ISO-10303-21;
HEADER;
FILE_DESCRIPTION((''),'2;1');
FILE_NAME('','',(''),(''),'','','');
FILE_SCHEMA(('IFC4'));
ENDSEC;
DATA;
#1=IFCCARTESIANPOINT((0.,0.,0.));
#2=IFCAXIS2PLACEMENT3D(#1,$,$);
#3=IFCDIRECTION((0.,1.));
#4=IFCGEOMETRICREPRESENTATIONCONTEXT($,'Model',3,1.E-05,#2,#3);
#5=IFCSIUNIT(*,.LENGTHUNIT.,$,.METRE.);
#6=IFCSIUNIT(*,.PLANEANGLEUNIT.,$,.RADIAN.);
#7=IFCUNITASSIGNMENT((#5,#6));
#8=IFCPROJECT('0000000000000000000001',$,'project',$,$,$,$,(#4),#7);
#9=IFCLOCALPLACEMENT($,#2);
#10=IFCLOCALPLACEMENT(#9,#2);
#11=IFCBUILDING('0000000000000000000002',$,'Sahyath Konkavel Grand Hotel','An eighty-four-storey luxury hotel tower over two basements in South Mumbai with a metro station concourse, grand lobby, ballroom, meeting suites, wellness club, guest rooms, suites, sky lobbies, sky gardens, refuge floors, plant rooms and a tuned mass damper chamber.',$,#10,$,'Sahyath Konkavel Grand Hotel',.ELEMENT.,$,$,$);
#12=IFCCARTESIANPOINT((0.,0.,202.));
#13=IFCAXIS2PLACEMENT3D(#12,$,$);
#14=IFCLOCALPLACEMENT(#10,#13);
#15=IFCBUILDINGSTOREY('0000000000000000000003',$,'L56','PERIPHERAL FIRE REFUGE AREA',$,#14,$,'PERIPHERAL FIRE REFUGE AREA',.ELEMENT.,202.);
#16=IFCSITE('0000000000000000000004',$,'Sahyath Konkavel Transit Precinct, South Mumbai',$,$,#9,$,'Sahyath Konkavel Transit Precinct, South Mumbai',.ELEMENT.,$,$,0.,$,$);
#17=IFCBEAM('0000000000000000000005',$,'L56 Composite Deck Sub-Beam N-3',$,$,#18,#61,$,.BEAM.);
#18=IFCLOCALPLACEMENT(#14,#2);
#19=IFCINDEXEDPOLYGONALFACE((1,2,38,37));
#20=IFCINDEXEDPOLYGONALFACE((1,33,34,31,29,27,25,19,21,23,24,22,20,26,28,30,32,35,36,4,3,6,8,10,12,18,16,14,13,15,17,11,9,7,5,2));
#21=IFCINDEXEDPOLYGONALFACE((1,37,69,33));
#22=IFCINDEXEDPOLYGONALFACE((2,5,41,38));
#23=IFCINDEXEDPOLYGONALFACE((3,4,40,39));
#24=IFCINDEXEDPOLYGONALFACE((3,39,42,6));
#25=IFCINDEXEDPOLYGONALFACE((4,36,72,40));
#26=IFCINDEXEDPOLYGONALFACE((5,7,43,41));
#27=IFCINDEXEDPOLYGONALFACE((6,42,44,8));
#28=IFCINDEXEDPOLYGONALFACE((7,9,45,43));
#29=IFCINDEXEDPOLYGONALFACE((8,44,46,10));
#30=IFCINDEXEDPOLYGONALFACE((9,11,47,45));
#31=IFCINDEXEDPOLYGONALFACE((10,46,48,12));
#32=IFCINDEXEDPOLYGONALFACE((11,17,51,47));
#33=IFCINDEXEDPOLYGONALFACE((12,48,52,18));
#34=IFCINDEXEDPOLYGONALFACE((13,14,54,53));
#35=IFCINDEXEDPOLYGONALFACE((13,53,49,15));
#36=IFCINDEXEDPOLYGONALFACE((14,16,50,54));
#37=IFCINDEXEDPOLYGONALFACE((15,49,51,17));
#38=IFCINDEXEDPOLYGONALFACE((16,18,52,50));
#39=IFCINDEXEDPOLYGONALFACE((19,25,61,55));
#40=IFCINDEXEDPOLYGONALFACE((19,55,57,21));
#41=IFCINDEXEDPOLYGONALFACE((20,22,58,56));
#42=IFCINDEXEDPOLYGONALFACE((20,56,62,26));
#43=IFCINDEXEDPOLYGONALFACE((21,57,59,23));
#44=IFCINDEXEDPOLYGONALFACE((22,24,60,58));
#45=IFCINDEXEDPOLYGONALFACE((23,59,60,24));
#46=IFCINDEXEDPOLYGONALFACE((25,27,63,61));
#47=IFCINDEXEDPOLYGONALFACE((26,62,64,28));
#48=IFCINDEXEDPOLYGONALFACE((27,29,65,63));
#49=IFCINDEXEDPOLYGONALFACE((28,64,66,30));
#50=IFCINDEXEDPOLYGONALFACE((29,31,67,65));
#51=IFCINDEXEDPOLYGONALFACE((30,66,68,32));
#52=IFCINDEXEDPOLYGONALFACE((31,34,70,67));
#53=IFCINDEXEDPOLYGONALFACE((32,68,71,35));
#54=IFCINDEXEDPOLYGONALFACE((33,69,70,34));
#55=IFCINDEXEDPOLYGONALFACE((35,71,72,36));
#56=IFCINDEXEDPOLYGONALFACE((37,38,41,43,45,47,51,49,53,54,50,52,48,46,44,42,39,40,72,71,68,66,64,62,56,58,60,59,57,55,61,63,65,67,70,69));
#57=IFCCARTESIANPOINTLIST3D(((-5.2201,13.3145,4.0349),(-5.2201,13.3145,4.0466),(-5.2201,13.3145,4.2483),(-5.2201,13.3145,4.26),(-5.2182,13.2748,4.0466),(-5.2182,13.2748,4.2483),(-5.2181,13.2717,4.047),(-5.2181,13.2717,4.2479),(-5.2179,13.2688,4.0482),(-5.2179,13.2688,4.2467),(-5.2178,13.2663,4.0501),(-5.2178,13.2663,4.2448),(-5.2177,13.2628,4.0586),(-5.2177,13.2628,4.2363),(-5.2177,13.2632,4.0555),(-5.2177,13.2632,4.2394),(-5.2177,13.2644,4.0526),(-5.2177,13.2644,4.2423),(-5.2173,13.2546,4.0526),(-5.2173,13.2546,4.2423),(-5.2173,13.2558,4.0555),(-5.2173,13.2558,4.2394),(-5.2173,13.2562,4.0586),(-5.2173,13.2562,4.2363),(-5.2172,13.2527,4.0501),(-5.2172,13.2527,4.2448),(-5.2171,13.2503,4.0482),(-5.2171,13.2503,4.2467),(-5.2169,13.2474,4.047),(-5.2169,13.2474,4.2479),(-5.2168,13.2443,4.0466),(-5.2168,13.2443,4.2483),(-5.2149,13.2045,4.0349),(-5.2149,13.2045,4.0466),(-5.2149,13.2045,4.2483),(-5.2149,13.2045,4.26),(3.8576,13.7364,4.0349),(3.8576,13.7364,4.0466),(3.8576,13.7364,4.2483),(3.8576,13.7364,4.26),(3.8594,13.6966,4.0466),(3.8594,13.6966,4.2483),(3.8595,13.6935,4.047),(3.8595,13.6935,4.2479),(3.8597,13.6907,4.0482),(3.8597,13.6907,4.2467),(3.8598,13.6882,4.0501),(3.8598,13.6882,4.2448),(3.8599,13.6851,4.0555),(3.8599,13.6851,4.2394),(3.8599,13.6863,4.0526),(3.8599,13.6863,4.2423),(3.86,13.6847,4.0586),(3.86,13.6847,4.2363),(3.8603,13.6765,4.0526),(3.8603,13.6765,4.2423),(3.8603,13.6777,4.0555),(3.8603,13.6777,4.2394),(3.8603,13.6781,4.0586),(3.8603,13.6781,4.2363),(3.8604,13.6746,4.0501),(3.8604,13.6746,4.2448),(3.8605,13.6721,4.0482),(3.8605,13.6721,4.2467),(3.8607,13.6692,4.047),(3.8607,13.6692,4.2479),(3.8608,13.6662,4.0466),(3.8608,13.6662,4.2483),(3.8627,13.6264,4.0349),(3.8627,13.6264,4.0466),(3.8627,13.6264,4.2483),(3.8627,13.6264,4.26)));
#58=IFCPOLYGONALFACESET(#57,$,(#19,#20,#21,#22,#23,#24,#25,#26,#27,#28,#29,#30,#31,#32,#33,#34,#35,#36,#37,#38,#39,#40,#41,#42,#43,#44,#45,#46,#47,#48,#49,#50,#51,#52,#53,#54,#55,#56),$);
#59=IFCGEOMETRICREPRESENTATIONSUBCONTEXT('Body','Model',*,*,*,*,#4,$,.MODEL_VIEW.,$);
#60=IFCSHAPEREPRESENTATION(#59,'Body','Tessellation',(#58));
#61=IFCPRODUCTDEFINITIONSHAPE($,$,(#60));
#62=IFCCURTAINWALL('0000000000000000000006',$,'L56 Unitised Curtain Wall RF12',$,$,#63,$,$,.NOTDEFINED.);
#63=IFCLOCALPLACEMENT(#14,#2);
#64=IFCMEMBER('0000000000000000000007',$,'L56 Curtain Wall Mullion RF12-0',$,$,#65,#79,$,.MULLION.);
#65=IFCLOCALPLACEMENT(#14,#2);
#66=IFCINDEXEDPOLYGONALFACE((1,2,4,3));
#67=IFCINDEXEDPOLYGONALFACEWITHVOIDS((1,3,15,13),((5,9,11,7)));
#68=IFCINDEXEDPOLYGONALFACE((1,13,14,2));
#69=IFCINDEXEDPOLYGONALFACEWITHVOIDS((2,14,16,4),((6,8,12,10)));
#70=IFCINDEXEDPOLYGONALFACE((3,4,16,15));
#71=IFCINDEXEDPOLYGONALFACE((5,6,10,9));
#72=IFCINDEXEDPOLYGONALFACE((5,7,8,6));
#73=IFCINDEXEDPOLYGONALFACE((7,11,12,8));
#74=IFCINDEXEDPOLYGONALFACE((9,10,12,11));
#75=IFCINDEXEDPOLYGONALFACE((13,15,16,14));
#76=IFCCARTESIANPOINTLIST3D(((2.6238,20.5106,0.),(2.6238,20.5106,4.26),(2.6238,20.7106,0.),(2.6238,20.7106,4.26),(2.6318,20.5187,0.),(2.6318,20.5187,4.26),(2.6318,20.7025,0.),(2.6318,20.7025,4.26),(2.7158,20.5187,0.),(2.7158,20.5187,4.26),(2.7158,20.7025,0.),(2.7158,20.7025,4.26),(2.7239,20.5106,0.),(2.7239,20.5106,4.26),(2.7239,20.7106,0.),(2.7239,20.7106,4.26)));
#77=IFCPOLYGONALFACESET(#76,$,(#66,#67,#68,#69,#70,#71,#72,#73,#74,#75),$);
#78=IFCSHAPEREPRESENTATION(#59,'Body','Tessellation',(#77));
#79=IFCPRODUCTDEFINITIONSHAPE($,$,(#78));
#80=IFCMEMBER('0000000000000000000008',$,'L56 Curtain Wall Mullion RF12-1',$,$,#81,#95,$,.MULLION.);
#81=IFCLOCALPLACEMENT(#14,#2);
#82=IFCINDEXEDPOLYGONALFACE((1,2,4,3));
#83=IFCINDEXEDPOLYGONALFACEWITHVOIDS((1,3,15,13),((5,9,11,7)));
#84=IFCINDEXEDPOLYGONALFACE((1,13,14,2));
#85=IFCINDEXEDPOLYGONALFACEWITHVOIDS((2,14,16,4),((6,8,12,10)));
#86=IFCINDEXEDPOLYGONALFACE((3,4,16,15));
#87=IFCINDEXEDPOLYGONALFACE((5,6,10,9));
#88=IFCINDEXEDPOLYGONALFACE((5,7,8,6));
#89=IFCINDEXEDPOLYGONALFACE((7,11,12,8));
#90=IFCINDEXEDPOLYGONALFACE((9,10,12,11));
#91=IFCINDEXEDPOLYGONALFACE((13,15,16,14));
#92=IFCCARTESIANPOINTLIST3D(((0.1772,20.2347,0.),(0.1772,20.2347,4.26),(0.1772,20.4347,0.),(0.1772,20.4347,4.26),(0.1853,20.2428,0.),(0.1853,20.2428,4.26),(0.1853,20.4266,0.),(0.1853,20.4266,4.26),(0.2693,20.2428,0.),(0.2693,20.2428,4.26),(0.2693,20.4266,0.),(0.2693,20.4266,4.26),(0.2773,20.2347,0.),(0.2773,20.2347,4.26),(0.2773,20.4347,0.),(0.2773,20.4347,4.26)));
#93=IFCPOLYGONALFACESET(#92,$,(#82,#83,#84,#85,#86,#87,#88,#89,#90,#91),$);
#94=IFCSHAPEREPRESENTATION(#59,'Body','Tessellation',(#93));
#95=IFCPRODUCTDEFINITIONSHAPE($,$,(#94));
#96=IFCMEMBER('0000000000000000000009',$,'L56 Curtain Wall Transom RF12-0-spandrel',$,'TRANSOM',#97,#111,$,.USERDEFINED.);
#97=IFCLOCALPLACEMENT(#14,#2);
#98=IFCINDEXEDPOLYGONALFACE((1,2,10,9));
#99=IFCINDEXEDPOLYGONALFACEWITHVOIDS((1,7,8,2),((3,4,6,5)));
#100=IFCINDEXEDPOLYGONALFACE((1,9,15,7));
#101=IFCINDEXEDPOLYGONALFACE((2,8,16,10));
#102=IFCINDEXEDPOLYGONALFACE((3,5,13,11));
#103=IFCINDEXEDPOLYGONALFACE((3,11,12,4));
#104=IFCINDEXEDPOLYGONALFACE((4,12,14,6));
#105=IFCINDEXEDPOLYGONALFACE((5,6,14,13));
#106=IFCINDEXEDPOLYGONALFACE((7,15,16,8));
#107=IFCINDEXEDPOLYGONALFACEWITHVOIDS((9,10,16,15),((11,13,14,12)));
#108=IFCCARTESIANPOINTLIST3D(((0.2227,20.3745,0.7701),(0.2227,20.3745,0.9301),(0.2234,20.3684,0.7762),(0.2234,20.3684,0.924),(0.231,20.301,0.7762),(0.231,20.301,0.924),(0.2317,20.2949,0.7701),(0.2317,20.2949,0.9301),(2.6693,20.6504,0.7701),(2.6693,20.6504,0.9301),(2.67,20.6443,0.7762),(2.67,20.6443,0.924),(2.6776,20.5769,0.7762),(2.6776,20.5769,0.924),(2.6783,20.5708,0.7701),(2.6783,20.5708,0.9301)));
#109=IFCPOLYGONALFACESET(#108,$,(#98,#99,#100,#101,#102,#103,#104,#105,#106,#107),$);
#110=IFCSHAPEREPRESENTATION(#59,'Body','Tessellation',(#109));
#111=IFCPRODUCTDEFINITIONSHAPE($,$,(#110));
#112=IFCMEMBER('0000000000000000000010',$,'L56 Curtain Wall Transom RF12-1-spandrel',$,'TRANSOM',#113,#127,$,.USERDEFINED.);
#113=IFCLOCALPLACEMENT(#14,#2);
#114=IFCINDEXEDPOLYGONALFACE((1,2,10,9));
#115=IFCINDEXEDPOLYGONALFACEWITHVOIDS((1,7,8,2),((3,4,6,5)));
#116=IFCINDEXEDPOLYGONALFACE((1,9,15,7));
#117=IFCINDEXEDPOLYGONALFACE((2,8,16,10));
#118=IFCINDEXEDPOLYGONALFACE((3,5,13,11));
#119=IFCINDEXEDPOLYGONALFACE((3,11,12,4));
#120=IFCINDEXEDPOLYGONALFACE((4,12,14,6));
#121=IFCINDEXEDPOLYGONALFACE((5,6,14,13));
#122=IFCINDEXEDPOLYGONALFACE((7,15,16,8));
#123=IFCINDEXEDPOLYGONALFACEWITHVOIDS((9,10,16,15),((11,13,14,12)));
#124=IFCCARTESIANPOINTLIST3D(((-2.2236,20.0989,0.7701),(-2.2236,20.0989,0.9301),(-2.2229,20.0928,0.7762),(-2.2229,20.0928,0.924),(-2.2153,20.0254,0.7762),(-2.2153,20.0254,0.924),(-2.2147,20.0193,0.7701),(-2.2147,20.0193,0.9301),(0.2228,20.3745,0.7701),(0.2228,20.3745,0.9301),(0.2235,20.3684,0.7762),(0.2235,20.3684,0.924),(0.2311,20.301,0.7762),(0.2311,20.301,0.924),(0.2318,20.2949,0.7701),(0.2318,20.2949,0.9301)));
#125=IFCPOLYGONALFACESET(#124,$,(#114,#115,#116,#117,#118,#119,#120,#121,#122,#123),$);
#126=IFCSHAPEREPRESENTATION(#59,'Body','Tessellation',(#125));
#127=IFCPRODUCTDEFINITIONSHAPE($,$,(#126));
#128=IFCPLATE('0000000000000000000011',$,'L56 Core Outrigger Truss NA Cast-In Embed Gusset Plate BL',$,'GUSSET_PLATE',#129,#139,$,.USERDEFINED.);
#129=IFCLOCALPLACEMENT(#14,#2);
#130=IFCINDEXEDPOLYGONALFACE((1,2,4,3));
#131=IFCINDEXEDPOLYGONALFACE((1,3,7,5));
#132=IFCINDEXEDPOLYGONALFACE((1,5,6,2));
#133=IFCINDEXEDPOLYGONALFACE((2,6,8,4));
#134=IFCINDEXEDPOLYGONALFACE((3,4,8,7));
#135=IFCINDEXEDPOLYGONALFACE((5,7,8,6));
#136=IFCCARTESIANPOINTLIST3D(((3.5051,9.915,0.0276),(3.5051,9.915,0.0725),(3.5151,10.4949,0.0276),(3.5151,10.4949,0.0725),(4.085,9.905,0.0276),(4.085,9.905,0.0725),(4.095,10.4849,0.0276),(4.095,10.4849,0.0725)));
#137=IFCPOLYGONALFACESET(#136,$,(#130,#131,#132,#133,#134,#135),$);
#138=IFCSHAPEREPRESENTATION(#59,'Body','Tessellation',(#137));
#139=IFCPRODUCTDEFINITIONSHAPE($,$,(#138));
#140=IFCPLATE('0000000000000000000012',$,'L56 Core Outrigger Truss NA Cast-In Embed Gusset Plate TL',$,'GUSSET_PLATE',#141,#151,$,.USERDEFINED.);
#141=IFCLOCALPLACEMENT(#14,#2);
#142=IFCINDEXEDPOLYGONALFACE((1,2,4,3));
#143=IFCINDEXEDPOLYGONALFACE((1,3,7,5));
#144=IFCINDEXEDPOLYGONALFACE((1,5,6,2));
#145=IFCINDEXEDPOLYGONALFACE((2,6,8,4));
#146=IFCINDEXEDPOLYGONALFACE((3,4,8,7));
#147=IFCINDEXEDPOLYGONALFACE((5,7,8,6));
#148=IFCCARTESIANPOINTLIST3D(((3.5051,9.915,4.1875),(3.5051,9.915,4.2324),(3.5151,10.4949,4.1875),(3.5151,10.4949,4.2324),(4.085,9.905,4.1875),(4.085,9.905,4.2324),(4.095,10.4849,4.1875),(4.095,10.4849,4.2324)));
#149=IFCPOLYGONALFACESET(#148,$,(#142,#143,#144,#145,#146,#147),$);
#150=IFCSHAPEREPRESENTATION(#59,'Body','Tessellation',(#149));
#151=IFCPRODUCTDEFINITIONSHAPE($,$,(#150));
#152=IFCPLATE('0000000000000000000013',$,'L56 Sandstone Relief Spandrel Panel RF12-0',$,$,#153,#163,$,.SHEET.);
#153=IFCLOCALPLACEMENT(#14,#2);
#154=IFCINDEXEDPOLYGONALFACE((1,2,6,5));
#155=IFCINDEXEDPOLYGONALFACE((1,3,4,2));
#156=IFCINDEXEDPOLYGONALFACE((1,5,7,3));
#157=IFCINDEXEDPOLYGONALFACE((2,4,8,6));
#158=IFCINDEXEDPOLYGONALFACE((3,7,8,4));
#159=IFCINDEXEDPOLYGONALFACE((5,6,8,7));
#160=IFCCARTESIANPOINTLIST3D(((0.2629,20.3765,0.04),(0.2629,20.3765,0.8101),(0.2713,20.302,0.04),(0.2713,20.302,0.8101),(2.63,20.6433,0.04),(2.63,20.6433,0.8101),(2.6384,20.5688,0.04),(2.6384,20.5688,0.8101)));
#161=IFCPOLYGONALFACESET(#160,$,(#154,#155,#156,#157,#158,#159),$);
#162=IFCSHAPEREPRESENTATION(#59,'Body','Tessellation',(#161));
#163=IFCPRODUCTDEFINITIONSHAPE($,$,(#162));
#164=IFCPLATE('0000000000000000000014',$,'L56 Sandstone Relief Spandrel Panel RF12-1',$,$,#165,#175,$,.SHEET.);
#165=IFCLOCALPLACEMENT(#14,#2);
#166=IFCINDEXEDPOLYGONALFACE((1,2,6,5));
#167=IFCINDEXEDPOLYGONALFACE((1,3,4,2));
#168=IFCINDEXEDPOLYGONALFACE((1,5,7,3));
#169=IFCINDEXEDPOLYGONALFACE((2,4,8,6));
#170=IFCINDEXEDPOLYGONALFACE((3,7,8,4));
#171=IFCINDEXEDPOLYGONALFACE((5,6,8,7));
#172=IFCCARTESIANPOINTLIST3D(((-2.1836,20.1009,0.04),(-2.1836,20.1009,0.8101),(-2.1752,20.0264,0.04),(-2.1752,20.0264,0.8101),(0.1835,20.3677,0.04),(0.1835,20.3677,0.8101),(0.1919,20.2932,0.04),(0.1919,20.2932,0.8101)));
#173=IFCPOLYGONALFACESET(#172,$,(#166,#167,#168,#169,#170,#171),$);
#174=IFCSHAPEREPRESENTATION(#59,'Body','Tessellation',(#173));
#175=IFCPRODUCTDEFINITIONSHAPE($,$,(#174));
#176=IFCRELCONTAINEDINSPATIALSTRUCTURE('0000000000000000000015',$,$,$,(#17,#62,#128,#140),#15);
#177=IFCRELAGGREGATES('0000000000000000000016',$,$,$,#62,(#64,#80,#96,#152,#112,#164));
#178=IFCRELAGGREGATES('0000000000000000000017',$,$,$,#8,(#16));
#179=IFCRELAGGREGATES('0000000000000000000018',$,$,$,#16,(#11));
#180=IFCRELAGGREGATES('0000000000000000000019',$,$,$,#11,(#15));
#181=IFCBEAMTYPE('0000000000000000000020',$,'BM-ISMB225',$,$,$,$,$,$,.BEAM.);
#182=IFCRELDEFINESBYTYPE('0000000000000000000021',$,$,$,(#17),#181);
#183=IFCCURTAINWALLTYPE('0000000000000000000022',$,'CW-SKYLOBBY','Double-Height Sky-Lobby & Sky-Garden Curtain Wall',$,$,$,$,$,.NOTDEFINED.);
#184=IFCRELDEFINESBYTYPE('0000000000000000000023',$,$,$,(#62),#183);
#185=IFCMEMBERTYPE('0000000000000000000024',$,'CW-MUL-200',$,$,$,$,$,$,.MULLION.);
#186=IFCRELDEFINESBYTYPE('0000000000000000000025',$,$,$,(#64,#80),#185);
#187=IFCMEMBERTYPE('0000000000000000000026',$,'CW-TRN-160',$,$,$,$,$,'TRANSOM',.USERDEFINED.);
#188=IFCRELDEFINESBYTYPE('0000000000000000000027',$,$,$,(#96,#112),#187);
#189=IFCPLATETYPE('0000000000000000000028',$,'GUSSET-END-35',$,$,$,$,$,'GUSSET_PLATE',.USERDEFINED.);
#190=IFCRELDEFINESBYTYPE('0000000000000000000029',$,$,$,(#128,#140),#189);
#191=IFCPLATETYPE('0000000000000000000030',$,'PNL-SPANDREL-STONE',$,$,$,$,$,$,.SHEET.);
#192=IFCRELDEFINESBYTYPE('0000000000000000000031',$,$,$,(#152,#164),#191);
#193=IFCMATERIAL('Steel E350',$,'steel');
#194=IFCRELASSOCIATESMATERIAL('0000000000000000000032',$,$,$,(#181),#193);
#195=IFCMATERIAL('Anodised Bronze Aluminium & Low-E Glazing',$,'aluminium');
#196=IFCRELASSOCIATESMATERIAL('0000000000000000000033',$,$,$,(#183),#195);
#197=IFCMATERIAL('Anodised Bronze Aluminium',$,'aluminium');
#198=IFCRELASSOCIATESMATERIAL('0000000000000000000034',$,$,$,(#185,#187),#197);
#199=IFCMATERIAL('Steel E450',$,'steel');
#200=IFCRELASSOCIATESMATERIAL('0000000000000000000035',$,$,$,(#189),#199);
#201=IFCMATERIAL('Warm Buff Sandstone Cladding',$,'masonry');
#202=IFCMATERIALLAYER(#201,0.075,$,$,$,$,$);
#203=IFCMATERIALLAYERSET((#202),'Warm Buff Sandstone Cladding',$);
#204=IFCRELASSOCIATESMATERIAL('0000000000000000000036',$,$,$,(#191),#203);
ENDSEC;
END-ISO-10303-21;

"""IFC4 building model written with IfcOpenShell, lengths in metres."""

from ifc_helpers import new_model, si_unit, direction, frame, origin, origin_2d, place, context, subcontext, project, spatial, rectangle, hollow_rectangle, i_section, extrude, source, transform, mapped, material, layer, layer_set, material_profile, profile_set, type_object, element, aggregate, save


model = new_model("IFC4")

# Units and contexts
model_context = context("Model", 3, precision=1e-05, world=origin(), true_north=direction((0.0, 1.0)))
body_context = subcontext(model_context, "Body", "Model", "MODEL_VIEW")
ifc_project = project(units=[si_unit("LENGTHUNIT", "METRE"), si_unit("PLANEANGLEUNIT", "RADIAN")], contexts=[model_context])

# Site, building, storey
site_placement = place(None, origin())
site = spatial("IfcSite", under=ifc_project, at=site_placement, Name="Sahyath Konkavel Transit Precinct, South Mumbai", LongName="Sahyath Konkavel Transit Precinct, South Mumbai", CompositionType="ELEMENT", RefElevation=0.0)
building_placement = place(site_placement, origin())
building = spatial("IfcBuilding", under=site, at=building_placement, Name="Sahyath Konkavel Grand Hotel", Description="An eighty-four-storey luxury hotel tower over two basements in South Mumbai with a metro station concourse, grand lobby, ballroom, meeting suites, wellness club, guest rooms, suites, sky lobbies, sky gardens, refuge floors, plant rooms and a tuned mass damper chamber.", LongName="Sahyath Konkavel Grand Hotel", CompositionType="ELEMENT")
storey_placement = place(building_placement, frame((0.0, 0.0, 202.0)))
storey = spatial("IfcBuildingStorey", under=building, at=storey_placement, Name="L56", Description="PERIPHERAL FIRE REFUGE AREA", LongName="PERIPHERAL FIRE REFUGE AREA", CompositionType="ELEMENT", Elevation=202.0)

# Shared definitions
ifc_material_1 = material(Name="Steel E350", Category="steel")

# Shared definitions
ifc_material_2 = material(Name="Steel E450", Category="steel")

# Beam
ifc_material_profile_1 = material_profile(ifc_material_1, i_section(OverallWidth=0.1101, OverallDepth=0.2251, WebThickness=0.0066, FlangeThickness=0.0117, FilletRadius=0.012, at=origin_2d()), Name="ISMB 225")
ifc_profile_set_1 = profile_set([ifc_material_profile_1], Name="Steel E350")
beam_type_1 = type_object("IfcBeamType", Name="BM-ISMB225", PredefinedType="BEAM", material=ifc_profile_set_1)
shared_shape_1 = source(origin(), body_context, "Body", "SweptSolid", [
    extrude(i_section(OverallWidth=0.1101, OverallDepth=0.2251, WebThickness=0.0066, FlangeThickness=0.0117, FilletRadius=0.012, at=origin_2d()), origin(), (0.0, 0.0, 1.0), 9.0874),
])
beam_1_placement = place(storey_placement, frame((3.8601, 13.6814, 4.1475), z_axis=(-0.998922, -0.046424, 0.0), x_axis=(0.046424, -0.998922, 0.0)))
element("IfcBeam", 1, at=beam_1_placement, inside=storey, type_object=beam_type_1, Name="L56 Composite Deck Sub-Beam N-3", PredefinedType="BEAM", context=body_context, shape_type="MappedRepresentation", body=[
    mapped(shared_shape_1, transform((0.0, 0.0, 0.0), scale=1.0)),
])

# Curtain wall, members
ifc_material_3 = material(Name="Anodised Bronze Aluminium & Low-E Glazing", Category="aluminium")
curtain_wall_type = type_object("IfcCurtainWallType", Name="CW-SKYLOBBY", Description="Double-Height Sky-Lobby & Sky-Garden Curtain Wall", PredefinedType="NOTDEFINED", material=ifc_material_3)
curtain_wall_placement = place(storey_placement, origin())
curtain_wall = element("IfcCurtainWall", 2, at=curtain_wall_placement, inside=storey, type_object=curtain_wall_type, Name="L56 Unitised Curtain Wall RF12", PredefinedType="NOTDEFINED")
ifc_material_4 = material(Name="Anodised Bronze Aluminium", Category="aluminium")
ifc_material_profile_2 = material_profile(ifc_material_4, hollow_rectangle(XDim=0.1001, YDim=0.2, WallThickness=0.0081, at=origin_2d()), Name="RHS 200x100x8")
ifc_profile_set_2 = profile_set([ifc_material_profile_2], Name="Anodised Bronze Aluminium")
member_type_1 = type_object("IfcMemberType", Name="CW-MUL-200", PredefinedType="MULLION", material=ifc_profile_set_2)
shared_shape_2 = source(origin(), body_context, "Body", "SweptSolid", [
    extrude(hollow_rectangle(XDim=0.1001, YDim=0.2, WallThickness=0.0081, at=origin_2d()), origin(), (0.0, 0.0, 1.0), 4.26),
])
member_1_placement = place(storey_placement, frame((2.6738, 20.6106, 0.0), z_axis=(0.0, 0.0, 1.0), x_axis=(1.0, 0.0, 0.0)))
member_1 = element("IfcMember", 3, at=member_1_placement, type_object=member_type_1, Name="L56 Curtain Wall Mullion RF12-0", PredefinedType="MULLION", context=body_context, shape_type="MappedRepresentation", body=[
    mapped(shared_shape_2, transform((0.0, 0.0, 0.0), scale=1.0)),
])
member_2_placement = place(storey_placement, frame((0.2273, 20.3347, 0.0), z_axis=(0.0, 0.0, 1.0), x_axis=(1.0, 0.0, 0.0)))
member_2 = element("IfcMember", 4, at=member_2_placement, type_object=member_type_1, Name="L56 Curtain Wall Mullion RF12-1", PredefinedType="MULLION", context=body_context, shape_type="MappedRepresentation", body=[
    mapped(shared_shape_2, transform((0.0, 0.0, 0.0), scale=1.0)),
])
ifc_material_profile_3 = material_profile(ifc_material_4, hollow_rectangle(XDim=0.0801, YDim=0.1599, WallThickness=0.0061, at=origin_2d()), Name="RHS 160x80x6")
ifc_profile_set_3 = profile_set([ifc_material_profile_3], Name="Anodised Bronze Aluminium")
member_type_2 = type_object("IfcMemberType", Name="CW-TRN-160", ElementType="TRANSOM", PredefinedType="USERDEFINED", material=ifc_profile_set_3)
shared_shape_3 = source(origin(), body_context, "Body", "SweptSolid", [
    extrude(hollow_rectangle(XDim=0.0801, YDim=0.1599, WallThickness=0.0061, at=origin_2d()), origin(), (0.0, 0.0, 1.0), 2.4622),
])
member_3_placement = place(storey_placement, frame((2.6738, 20.6106, 0.8501), z_axis=(-0.993702, -0.112053, 0.0), x_axis=(0.112053, -0.993702, 0.0)))
member_3 = element("IfcMember", 5, at=member_3_placement, type_object=member_type_2, Name="L56 Curtain Wall Transom RF12-0-spandrel", ObjectType="TRANSOM", PredefinedType="USERDEFINED", context=body_context, shape_type="MappedRepresentation", body=[
    mapped(shared_shape_3, transform((0.0, 0.0, 0.0), scale=1.0)),
])
shared_shape_4 = source(origin(), body_context, "Body", "SweptSolid", [
    extrude(hollow_rectangle(XDim=0.0801, YDim=0.1599, WallThickness=0.0061, at=origin_2d()), origin(), (0.0, 0.0, 1.0), 2.4619),
])
member_4_placement = place(storey_placement, frame((0.2273, 20.3347, 0.8501), z_axis=(-0.993713, -0.111955, 0.0), x_axis=(0.111955, -0.993713, 0.0)))
member_4 = element("IfcMember", 6, at=member_4_placement, type_object=member_type_2, Name="L56 Curtain Wall Transom RF12-1-spandrel", ObjectType="TRANSOM", PredefinedType="USERDEFINED", context=body_context, shape_type="MappedRepresentation", body=[
    mapped(shared_shape_4, transform((0.0, 0.0, 0.0), scale=1.0)),
])

# Plates
plate_type_1 = type_object("IfcPlateType", Name="GUSSET-END-35", ElementType="GUSSET_PLATE", PredefinedType="USERDEFINED", material=ifc_material_2)
shared_shape_5 = source(origin(), body_context, "Body", "SweptSolid", [
    extrude(rectangle(XDim=0.5801, YDim=0.5801, at=origin_2d()), origin(), (0.0, 0.0, 1.0), 0.0449),
])
for number, where, z_axis, x_axis, name in (
    (7, (3.8, 10.2, 0.0276), (0.0, 0.0, 1.0), (0.017243, 0.999851, 0.0), "L56 Core Outrigger Truss NA Cast-In Embed Gusset Plate BL"),
    (8, (3.8, 10.2, 4.1875), (0.0, 0.0, 1.0), (0.017243, 0.999851, 0.0), "L56 Core Outrigger Truss NA Cast-In Embed Gusset Plate TL"),
):
    element("IfcPlate", number, at=place(storey_placement, frame(where, z_axis=z_axis, x_axis=x_axis)), inside=storey, type_object=plate_type_1, Name=name, ObjectType="GUSSET_PLATE", PredefinedType="USERDEFINED", context=body_context, shape_type="MappedRepresentation", body=[
        mapped(shared_shape_5, transform((0.0, 0.0, 0.0), scale=1.0)),
    ])

# Plates
ifc_material_5 = material(Name="Warm Buff Sandstone Cladding", Category="masonry")
ifc_layer_1 = layer(ifc_material_5, 0.075)
ifc_layer_set_1 = layer_set([ifc_layer_1], Name="Warm Buff Sandstone Cladding")
plate_type_2 = type_object("IfcPlateType", Name="PNL-SPANDREL-STONE", PredefinedType="SHEET", material=ifc_layer_set_1)
shared_shape_6 = source(origin(), body_context, "Body", "SweptSolid", [
    extrude(rectangle(XDim=2.3821, YDim=0.075, at=origin_2d()), origin(), (0.0, 0.0, 1.0), 0.77),
])
plate_1_placement = place(storey_placement, frame((1.4507, 20.4727, 0.04), z_axis=(0.0, 0.0, 1.0), x_axis=(-0.993707, -0.112007, 0.0)))
plate_1 = element("IfcPlate", 9, at=plate_1_placement, type_object=plate_type_2, Name="L56 Sandstone Relief Spandrel Panel RF12-0", PredefinedType="SHEET", context=body_context, shape_type="MappedRepresentation", body=[
    mapped(shared_shape_6, transform((0.0, 0.0, 0.0), scale=1.0)),
])
plate_2_placement = place(storey_placement, frame((-0.9958, 20.197, 0.04), z_axis=(0.0, 0.0, 1.0), x_axis=(-0.993707, -0.112007, 0.0)))
plate_2 = element("IfcPlate", 10, at=plate_2_placement, type_object=plate_type_2, Name="L56 Sandstone Relief Spandrel Panel RF12-1", PredefinedType="SHEET", context=body_context, shape_type="MappedRepresentation", body=[
    mapped(shared_shape_6, transform((0.0, 0.0, 0.0), scale=1.0)),
])
aggregate(curtain_wall, [member_1, member_2, member_3, plate_1, member_4, plate_2])

save(model, "model.ifc")
